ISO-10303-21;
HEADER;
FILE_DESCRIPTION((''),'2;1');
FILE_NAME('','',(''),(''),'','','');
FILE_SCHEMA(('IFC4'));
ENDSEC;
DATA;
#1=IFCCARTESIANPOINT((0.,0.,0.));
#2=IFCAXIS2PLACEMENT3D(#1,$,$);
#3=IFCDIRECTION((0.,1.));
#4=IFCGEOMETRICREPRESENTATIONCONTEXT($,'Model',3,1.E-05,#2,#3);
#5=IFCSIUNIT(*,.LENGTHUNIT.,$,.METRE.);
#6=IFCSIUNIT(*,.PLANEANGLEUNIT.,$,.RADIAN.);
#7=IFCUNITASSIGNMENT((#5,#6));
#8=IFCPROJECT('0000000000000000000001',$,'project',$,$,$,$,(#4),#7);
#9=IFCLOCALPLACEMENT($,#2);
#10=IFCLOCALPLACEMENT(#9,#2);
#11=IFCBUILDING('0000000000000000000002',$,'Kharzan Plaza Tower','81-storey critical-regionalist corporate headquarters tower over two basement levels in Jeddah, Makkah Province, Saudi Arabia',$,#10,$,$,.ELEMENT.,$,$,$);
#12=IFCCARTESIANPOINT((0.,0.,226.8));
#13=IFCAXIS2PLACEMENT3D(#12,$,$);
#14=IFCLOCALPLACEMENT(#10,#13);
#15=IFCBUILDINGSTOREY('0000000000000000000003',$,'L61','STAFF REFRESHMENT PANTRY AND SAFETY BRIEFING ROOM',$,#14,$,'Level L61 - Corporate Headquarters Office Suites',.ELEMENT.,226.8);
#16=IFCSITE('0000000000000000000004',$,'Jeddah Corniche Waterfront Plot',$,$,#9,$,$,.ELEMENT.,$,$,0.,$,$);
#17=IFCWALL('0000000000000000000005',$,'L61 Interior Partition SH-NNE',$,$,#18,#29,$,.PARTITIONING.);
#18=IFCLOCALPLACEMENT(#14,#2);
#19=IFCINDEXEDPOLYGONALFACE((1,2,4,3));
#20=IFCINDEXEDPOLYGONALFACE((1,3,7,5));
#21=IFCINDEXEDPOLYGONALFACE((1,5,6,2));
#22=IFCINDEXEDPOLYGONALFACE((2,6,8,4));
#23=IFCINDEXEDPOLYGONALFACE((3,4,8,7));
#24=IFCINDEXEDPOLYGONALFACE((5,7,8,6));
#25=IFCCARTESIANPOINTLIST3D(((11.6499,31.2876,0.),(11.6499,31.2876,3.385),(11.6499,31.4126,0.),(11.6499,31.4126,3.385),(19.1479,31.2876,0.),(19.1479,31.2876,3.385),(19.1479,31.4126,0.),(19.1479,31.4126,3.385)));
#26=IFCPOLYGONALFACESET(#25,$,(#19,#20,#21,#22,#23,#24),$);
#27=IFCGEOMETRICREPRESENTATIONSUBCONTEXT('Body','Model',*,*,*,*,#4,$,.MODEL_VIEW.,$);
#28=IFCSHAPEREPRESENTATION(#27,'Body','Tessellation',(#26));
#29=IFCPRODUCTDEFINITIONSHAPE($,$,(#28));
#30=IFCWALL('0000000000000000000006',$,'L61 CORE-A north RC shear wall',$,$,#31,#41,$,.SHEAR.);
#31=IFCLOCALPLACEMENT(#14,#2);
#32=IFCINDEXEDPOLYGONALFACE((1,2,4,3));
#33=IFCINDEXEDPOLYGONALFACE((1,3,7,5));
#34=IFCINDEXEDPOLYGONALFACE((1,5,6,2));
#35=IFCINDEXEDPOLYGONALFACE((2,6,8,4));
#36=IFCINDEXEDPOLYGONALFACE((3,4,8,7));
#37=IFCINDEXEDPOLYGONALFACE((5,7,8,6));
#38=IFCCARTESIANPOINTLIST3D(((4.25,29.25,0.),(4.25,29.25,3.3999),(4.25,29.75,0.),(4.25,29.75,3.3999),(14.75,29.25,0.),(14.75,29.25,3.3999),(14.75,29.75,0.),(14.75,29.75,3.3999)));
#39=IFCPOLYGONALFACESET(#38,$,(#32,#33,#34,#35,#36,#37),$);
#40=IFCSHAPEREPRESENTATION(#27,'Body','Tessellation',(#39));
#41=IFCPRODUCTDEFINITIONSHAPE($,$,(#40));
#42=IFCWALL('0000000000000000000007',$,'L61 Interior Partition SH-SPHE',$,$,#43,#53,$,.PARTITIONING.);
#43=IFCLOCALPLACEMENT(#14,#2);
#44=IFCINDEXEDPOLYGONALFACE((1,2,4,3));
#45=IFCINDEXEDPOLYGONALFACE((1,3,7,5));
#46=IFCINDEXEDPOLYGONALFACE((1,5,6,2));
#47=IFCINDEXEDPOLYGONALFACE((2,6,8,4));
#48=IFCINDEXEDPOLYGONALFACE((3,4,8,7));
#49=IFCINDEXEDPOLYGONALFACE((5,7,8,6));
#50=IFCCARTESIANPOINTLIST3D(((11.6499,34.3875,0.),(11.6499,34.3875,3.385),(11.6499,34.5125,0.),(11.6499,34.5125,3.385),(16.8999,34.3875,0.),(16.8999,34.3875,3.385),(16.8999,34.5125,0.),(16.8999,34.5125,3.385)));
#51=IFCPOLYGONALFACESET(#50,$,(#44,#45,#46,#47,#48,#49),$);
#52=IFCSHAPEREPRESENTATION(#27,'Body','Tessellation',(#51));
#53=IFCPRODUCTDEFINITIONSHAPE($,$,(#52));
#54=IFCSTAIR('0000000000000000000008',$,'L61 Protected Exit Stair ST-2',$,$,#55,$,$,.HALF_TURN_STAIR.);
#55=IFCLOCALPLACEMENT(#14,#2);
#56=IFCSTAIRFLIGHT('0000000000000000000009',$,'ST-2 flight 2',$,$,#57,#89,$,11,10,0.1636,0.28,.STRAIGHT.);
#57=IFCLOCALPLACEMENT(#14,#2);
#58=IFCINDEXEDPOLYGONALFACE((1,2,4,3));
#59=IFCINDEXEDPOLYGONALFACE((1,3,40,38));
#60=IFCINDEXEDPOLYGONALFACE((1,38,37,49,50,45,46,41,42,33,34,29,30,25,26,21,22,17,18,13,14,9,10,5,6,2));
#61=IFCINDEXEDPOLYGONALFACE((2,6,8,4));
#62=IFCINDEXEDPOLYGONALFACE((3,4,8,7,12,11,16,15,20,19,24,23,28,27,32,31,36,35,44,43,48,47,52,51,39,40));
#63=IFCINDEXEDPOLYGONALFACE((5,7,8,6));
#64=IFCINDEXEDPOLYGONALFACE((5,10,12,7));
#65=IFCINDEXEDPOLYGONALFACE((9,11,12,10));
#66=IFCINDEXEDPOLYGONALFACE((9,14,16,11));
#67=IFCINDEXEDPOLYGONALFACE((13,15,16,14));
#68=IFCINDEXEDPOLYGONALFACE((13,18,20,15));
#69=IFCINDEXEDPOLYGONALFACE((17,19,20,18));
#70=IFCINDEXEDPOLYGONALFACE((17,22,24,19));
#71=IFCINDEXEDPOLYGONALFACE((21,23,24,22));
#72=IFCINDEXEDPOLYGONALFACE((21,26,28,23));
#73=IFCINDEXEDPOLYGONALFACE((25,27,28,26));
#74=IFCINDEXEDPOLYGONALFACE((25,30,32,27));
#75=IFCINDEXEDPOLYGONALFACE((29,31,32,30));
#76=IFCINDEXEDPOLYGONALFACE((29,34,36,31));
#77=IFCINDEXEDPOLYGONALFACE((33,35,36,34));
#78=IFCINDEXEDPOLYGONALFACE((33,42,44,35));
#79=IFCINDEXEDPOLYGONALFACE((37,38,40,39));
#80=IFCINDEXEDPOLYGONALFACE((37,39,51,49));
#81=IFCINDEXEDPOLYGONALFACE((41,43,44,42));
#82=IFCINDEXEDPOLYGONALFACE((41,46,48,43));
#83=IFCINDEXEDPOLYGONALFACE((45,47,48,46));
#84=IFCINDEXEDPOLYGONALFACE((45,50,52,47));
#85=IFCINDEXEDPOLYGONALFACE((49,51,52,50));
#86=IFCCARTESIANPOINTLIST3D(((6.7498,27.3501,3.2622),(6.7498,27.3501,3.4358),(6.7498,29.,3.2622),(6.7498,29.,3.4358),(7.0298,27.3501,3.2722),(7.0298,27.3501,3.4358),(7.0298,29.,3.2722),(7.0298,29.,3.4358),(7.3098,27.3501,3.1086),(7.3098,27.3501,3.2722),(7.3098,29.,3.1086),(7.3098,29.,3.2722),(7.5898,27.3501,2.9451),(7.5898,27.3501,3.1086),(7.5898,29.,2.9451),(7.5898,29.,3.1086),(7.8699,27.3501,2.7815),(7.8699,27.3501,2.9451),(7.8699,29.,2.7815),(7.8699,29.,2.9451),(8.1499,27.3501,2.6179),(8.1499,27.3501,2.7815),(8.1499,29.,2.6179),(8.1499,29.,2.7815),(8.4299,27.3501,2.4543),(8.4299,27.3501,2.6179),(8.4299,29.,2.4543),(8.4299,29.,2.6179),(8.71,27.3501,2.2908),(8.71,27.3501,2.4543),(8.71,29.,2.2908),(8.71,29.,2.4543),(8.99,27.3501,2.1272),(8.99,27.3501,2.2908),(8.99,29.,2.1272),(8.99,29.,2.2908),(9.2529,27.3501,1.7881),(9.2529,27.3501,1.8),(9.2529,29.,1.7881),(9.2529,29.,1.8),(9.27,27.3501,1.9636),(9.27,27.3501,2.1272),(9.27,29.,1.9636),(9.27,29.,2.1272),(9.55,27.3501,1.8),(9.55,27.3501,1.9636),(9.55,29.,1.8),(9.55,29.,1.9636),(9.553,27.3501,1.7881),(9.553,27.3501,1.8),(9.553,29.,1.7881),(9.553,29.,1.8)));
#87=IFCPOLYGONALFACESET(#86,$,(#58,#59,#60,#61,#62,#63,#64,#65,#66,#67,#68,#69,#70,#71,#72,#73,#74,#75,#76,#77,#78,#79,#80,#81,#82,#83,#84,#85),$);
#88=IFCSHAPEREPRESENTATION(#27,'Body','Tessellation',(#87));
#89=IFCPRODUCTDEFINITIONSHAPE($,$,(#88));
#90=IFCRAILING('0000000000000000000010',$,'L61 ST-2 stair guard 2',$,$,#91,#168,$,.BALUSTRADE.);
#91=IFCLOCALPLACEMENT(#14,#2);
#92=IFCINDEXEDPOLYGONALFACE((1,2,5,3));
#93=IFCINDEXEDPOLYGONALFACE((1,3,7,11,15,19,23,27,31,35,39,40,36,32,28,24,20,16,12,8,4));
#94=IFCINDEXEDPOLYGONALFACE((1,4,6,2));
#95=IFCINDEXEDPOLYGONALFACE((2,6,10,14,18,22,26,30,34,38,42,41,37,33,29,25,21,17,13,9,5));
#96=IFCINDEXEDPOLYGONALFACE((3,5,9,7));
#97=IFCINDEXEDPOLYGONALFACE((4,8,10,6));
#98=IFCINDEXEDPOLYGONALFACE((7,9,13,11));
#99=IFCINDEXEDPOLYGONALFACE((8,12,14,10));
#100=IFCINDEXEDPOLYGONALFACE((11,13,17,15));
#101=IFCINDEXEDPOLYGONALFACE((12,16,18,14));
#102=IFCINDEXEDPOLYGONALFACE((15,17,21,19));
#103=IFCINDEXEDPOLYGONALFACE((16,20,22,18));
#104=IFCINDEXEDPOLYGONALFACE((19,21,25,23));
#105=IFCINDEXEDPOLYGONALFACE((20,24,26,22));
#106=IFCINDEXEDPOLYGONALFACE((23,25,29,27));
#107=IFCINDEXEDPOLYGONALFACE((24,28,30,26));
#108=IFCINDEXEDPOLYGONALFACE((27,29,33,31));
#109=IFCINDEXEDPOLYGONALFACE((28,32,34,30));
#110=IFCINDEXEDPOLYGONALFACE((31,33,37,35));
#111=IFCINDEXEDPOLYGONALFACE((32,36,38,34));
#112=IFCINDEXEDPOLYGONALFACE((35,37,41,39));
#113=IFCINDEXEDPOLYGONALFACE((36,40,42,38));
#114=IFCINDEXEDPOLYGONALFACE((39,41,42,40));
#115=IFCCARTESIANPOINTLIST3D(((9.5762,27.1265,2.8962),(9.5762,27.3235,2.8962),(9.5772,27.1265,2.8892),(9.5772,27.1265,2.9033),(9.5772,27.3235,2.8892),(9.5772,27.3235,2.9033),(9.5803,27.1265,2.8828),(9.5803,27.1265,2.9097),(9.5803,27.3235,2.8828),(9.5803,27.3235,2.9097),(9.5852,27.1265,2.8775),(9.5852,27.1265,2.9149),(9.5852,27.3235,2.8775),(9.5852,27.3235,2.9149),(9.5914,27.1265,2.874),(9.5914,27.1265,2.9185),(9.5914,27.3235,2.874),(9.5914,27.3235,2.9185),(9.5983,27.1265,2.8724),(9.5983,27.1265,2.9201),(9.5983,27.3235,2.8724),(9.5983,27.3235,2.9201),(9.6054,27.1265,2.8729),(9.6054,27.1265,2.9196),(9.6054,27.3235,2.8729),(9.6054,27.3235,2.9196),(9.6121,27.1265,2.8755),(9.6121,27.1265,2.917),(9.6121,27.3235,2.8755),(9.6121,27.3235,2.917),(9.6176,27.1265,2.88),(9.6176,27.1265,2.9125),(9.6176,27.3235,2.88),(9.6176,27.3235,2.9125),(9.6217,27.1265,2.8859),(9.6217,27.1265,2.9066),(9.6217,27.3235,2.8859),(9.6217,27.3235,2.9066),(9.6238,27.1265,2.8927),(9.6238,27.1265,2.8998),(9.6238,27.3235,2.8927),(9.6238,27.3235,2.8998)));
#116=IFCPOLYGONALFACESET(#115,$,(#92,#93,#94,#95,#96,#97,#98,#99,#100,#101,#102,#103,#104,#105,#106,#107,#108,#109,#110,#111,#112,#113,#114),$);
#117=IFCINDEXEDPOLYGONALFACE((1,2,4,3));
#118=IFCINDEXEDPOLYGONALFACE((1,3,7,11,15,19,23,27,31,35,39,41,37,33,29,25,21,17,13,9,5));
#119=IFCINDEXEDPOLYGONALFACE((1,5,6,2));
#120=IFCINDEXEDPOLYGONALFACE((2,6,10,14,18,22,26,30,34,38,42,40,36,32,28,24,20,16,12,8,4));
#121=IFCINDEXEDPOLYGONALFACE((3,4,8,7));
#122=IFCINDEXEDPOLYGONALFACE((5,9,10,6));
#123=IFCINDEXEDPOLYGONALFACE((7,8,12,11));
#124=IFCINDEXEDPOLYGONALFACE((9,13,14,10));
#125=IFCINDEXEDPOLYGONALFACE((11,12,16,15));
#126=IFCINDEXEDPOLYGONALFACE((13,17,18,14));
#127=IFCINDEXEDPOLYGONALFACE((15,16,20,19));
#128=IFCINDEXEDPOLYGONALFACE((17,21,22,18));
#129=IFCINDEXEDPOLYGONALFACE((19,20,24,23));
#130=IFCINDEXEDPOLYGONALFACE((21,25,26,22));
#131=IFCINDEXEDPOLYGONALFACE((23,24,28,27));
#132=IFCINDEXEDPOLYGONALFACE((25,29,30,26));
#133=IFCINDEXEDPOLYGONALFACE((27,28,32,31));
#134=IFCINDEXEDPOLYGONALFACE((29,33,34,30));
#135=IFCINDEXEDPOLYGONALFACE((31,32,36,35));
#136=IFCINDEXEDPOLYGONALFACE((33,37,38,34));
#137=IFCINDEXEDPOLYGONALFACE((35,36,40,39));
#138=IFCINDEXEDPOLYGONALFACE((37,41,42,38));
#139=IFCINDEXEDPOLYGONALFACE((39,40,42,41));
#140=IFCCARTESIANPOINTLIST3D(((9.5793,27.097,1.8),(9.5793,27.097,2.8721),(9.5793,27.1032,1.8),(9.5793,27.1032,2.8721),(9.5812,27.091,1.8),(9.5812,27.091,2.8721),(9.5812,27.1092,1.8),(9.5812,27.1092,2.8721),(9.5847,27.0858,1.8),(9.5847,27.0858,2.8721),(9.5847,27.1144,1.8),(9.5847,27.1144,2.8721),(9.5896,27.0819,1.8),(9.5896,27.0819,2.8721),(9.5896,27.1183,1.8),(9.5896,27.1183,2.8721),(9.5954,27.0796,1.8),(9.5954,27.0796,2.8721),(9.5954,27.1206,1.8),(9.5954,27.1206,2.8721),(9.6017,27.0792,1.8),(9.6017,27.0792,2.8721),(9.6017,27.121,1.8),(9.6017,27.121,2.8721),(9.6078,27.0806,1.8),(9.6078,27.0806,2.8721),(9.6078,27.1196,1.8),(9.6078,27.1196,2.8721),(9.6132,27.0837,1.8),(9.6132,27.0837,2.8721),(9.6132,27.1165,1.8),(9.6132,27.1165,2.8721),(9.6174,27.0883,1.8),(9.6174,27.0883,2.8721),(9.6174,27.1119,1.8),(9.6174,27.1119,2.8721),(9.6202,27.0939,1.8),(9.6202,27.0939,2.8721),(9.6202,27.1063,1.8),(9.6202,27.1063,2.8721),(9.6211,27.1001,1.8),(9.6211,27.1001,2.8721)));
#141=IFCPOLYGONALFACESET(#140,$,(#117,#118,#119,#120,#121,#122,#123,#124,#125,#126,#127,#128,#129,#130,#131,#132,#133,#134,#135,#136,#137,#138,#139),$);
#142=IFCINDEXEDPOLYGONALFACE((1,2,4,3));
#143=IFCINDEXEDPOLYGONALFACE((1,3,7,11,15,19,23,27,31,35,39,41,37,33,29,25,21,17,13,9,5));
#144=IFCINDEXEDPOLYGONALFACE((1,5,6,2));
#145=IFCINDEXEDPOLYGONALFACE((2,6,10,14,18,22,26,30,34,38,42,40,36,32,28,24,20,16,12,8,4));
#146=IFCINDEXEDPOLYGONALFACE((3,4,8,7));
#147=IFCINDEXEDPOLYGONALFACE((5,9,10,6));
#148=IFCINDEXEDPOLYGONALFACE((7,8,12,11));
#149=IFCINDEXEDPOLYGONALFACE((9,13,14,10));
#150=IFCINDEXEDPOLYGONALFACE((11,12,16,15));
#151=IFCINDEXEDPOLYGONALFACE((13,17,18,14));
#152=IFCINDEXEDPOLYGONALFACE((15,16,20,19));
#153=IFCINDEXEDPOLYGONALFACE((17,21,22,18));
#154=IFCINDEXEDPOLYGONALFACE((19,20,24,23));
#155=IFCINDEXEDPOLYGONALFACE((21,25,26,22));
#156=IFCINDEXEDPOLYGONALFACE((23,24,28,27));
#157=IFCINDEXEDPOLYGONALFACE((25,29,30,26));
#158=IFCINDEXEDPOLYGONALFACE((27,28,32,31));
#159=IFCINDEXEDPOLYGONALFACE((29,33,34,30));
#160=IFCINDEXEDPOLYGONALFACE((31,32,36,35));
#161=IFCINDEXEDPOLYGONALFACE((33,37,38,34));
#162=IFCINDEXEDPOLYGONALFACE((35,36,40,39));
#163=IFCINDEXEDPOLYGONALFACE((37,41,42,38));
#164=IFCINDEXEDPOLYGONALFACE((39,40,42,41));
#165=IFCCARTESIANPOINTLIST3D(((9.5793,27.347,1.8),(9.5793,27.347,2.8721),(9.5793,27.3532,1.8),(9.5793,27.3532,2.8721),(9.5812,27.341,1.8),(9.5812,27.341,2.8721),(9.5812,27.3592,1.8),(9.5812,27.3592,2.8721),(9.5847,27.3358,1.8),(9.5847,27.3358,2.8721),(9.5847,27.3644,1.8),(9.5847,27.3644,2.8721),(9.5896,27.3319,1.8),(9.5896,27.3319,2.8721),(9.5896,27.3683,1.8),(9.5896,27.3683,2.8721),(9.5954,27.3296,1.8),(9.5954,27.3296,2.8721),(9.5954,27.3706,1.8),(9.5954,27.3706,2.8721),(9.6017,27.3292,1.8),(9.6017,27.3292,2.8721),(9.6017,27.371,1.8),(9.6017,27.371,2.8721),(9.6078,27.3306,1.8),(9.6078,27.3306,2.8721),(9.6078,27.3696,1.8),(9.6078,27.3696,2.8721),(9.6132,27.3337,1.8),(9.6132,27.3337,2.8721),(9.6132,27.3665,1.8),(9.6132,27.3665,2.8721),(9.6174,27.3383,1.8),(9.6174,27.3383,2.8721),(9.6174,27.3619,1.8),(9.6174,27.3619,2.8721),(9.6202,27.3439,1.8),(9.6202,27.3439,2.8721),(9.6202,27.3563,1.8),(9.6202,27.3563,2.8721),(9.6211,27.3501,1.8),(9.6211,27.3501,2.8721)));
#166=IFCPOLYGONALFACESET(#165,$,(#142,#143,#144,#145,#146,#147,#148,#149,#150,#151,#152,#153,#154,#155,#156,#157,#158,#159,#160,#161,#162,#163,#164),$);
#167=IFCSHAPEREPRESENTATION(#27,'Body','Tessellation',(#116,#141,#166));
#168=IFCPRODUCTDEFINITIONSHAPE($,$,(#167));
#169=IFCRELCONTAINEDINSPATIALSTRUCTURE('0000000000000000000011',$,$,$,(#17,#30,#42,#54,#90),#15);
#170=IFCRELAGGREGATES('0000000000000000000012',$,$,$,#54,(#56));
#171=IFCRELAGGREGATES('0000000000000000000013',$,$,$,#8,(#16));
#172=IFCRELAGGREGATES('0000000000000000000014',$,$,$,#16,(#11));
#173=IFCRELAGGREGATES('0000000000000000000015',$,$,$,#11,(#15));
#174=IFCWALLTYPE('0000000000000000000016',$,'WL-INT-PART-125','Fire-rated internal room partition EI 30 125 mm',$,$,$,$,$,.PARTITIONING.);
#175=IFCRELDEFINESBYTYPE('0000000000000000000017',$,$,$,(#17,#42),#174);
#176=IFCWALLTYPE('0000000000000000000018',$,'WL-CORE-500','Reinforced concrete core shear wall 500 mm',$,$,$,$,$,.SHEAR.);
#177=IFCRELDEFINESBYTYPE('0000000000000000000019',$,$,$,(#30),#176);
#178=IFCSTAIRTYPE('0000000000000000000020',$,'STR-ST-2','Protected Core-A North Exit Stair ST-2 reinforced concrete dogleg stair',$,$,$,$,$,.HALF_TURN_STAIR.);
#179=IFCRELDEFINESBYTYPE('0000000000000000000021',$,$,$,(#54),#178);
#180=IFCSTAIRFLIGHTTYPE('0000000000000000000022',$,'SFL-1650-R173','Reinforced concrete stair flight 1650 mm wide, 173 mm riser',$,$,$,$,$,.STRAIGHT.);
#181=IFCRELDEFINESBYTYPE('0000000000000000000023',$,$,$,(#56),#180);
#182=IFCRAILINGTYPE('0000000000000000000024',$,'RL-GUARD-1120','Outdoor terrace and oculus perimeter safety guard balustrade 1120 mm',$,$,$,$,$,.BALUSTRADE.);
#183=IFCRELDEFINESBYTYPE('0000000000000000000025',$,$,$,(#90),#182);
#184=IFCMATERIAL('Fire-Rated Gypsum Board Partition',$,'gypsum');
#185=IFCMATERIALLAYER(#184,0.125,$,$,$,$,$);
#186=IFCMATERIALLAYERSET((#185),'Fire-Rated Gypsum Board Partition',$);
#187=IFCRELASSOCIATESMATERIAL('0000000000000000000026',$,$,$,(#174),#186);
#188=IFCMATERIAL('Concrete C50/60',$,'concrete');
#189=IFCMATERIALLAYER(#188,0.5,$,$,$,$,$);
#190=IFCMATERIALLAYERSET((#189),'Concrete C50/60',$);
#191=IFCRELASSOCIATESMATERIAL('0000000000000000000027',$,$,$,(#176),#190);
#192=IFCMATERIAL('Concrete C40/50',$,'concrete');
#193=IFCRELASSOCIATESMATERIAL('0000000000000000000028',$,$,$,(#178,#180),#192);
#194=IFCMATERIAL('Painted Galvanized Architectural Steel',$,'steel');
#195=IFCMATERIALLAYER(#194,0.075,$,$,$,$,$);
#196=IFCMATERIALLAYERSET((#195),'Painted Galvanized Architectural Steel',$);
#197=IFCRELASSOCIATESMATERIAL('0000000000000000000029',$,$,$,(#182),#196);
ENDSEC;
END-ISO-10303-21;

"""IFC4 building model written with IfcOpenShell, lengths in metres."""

from ifc_helpers import new_model, si_unit, direction, frame, frame_2d, origin, origin_2d, place, context, subcontext, project, spatial, polyline, rectangle, circle, outline, extrude, source, transform, mapped, material, layer, layer_set, type_object, element, aggregate, save


model = new_model("IFC4")

# Units and contexts
model_context = context("Model", 3, precision=1e-05, world=origin(), true_north=direction((0.0, 1.0)))
body_context = subcontext(model_context, "Body", "Model", "MODEL_VIEW")
ifc_project = project(units=[si_unit("LENGTHUNIT", "METRE"), si_unit("PLANEANGLEUNIT", "RADIAN")], contexts=[model_context])

# Site, building, storey
site_placement = place(None, origin())
site = spatial("IfcSite", under=ifc_project, at=site_placement, Name="Jeddah Corniche Waterfront Plot", CompositionType="ELEMENT", RefElevation=0.0)
building_placement = place(site_placement, origin())
building = spatial("IfcBuilding", under=site, at=building_placement, Name="Kharzan Plaza Tower", Description="81-storey critical-regionalist corporate headquarters tower over two basement levels in Jeddah, Makkah Province, Saudi Arabia", CompositionType="ELEMENT")
storey_placement = place(building_placement, frame((0.0, 0.0, 226.8)))
storey = spatial("IfcBuildingStorey", under=building, at=storey_placement, Name="L61", Description="STAFF REFRESHMENT PANTRY AND SAFETY BRIEFING ROOM", LongName="Level L61 - Corporate Headquarters Office Suites", CompositionType="ELEMENT", Elevation=226.8)

# Shared definitions
ifc_material_1 = material(Name="Concrete C50/60", Category="concrete")

# Shared definitions
ifc_material_2 = material(Name="Concrete C40/50", Category="concrete")

# Shared definitions
ifc_material_3 = material(Name="Fire-Rated Gypsum Board Partition", Category="gypsum")
ifc_layer_1 = layer(ifc_material_3, 0.125)
ifc_layer_set_1 = layer_set([ifc_layer_1], Name="Fire-Rated Gypsum Board Partition")
wall_type_1 = type_object("IfcWallType", Name="WL-INT-PART-125", Description="Fire-rated internal room partition EI 30 125 mm", PredefinedType="PARTITIONING", material=ifc_layer_set_1)

# Walls
shared_shape_1 = source(origin(), body_context, "Body", "SweptSolid", [
    extrude(rectangle(XDim=7.498, YDim=0.125, at=frame_2d((3.749, 0.0))), origin(), (0.0, 0.0, 1.0), 3.385),
])
wall_1_placement = place(storey_placement, frame((11.6499, 31.3501, 0.0), z_axis=(0.0, 0.0, 1.0), x_axis=(1.0, 0.0, 0.0)))
element("IfcWall", 1, at=wall_1_placement, inside=storey, type_object=wall_type_1, Name="L61 Interior Partition SH-NNE", PredefinedType="PARTITIONING", context=body_context, shape_type="MappedRepresentation", body=[
    mapped(shared_shape_1, transform((0.0, 0.0, 0.0), x_axis=(1.0, 0.0, 0.0), y_axis=(0.0, 1.0, 0.0), z_axis=(0.0, 0.0, 1.0))),
])
ifc_layer_2 = layer(ifc_material_1, 0.5)
ifc_layer_set_2 = layer_set([ifc_layer_2], Name="Concrete C50/60")
wall_type_2 = type_object("IfcWallType", Name="WL-CORE-500", Description="Reinforced concrete core shear wall 500 mm", PredefinedType="SHEAR", material=ifc_layer_set_2)
shared_shape_2 = source(origin(), body_context, "Body", "SweptSolid", [
    extrude(rectangle(XDim=10.5, YDim=0.5, at=frame_2d((5.25, 0.0))), origin(), (0.0, 0.0, 1.0), 3.3999),
])
wall_2_placement = place(storey_placement, frame((4.25, 29.5, 0.0), z_axis=(0.0, 0.0, 1.0), x_axis=(1.0, 0.0, 0.0)))
element("IfcWall", 2, at=wall_2_placement, inside=storey, type_object=wall_type_2, Name="L61 CORE-A north RC shear wall", PredefinedType="SHEAR", context=body_context, shape_type="MappedRepresentation", body=[
    mapped(shared_shape_2, transform((0.0, 0.0, 0.0), x_axis=(1.0, 0.0, 0.0), y_axis=(0.0, 1.0, 0.0), z_axis=(0.0, 0.0, 1.0))),
])
shared_shape_3 = source(origin(), body_context, "Body", "SweptSolid", [
    extrude(rectangle(XDim=5.25, YDim=0.125, at=frame_2d((2.625, 0.0))), origin(), (0.0, 0.0, 1.0), 3.385),
])
wall_3_placement = place(storey_placement, frame((11.6499, 34.45, 0.0), z_axis=(0.0, 0.0, 1.0), x_axis=(1.0, 0.0, 0.0)))
element("IfcWall", 3, at=wall_3_placement, inside=storey, type_object=wall_type_1, Name="L61 Interior Partition SH-SPHE", PredefinedType="PARTITIONING", context=body_context, shape_type="MappedRepresentation", body=[
    mapped(shared_shape_3, transform((0.0, 0.0, 0.0), x_axis=(1.0, 0.0, 0.0), y_axis=(0.0, 1.0, 0.0), z_axis=(0.0, 0.0, 1.0))),
])

# Stair, stair flight
stair_type = type_object("IfcStairType", Name="STR-ST-2", Description="Protected Core-A North Exit Stair ST-2 reinforced concrete dogleg stair", PredefinedType="HALF_TURN_STAIR", material=ifc_material_2)
stair_placement = place(storey_placement, origin())
stair = element("IfcStair", 4, at=stair_placement, inside=storey, type_object=stair_type, Name="L61 Protected Exit Stair ST-2", PredefinedType="HALF_TURN_STAIR")
stair_flight_type = type_object("IfcStairFlightType", Name="SFL-1650-R173", Description="Reinforced concrete stair flight 1650 mm wide, 173 mm riser", PredefinedType="STRAIGHT", material=ifc_material_2)
shared_shape_4 = source(origin(), body_context, "Body", "SweptSolid", [
    extrude(outline(polyline([(-0.0029, -0.012), (-0.0029, 0.0), (0.0, 0.0), (0.0, 0.1636), (0.28, 0.1636), (0.28, 0.3271), (0.5601, 0.3271), (0.5601, 0.4907), (0.8401, 0.4907), (0.8401, 0.6543), (1.1201, 0.6543), (1.1201, 0.8179), (1.4001, 0.8179), (1.4001, 0.9814), (1.6802, 0.9814), (1.6802, 1.145), (1.9602, 1.145), (1.9602, 1.3086), (2.2402, 1.3086), (2.2402, 1.4722), (2.5203, 1.4722), (2.5203, 1.6357), (2.8003, 1.6357), (2.8003, 1.7993), (2.8003, 1.4622), (0.2971, 0.0), (0.2971, -0.012), (-0.0029, -0.012)])), frame((0.0, 0.825, 0.0), z_axis=(0.0, -1.0, 0.0), x_axis=(1.0, 0.0, 0.0)), (0.0, 0.0, 1.0), 1.6499),
])
stair_flight_placement = place(storey_placement, frame((9.55, 28.175, 1.8), z_axis=(0.0, 0.0, 1.0), x_axis=(-1.0, 0.0, 0.0)))
stair_flight = element("IfcStairFlight", 5, at=stair_flight_placement, type_object=stair_flight_type, Name="ST-2 flight 2", NumberOfRisers=11, NumberOfTreads=10, PredefinedType="STRAIGHT", RiserHeight=0.1636, TreadLength=0.28, context=body_context, shape_type="MappedRepresentation", body=[
    mapped(shared_shape_4, transform((0.0, 0.0, 0.0), x_axis=(1.0, 0.0, 0.0), y_axis=(0.0, 1.0, 0.0), z_axis=(0.0, 0.0, 1.0))),
])
aggregate(stair, [stair_flight])

# Railing
ifc_material_4 = material(Name="Painted Galvanized Architectural Steel", Category="steel")
ifc_layer_3 = layer(ifc_material_4, 0.075)
ifc_layer_set_3 = layer_set([ifc_layer_3], Name="Painted Galvanized Architectural Steel")
railing_type_1 = type_object("IfcRailingType", Name="RL-GUARD-1120", Description="Outdoor terrace and oculus perimeter safety guard balustrade 1120 mm", PredefinedType="BALUSTRADE", material=ifc_layer_set_3)
shared_shape_5 = source(origin(), body_context, "Body", "SweptSolid", [
    extrude(circle(Radius=0.0239, at=origin_2d()), frame((0.0, 0.0264, 1.0962), z_axis=(0.0, 1.0, 0.0), x_axis=(-1.0, 0.0, 0.0)), (0.0, 0.0, 1.0), 0.197),
    extrude(circle(Radius=0.021, at=origin_2d()), origin(), (0.0, 0.0, 1.0), 1.072),
    extrude(circle(Radius=0.021, at=origin_2d()), frame((0.0, 0.25, 0.0)), (0.0, 0.0, 1.0), 1.072),
])
for number, where, name in (
    (6, (9.6001, 27.1001, 1.8), "L61 ST-2 stair guard 2"),
):
    element("IfcRailing", number, at=place(storey_placement, frame(where)), inside=storey, type_object=railing_type_1, Name=name, PredefinedType="BALUSTRADE", context=body_context, shape_type="MappedRepresentation", body=[
        mapped(shared_shape_5, transform((0.0, 0.0, 0.0), x_axis=(1.0, 0.0, 0.0), y_axis=(0.0, 1.0, 0.0), z_axis=(0.0, 0.0, 1.0))),
    ])

save(model, "model.ifc")
